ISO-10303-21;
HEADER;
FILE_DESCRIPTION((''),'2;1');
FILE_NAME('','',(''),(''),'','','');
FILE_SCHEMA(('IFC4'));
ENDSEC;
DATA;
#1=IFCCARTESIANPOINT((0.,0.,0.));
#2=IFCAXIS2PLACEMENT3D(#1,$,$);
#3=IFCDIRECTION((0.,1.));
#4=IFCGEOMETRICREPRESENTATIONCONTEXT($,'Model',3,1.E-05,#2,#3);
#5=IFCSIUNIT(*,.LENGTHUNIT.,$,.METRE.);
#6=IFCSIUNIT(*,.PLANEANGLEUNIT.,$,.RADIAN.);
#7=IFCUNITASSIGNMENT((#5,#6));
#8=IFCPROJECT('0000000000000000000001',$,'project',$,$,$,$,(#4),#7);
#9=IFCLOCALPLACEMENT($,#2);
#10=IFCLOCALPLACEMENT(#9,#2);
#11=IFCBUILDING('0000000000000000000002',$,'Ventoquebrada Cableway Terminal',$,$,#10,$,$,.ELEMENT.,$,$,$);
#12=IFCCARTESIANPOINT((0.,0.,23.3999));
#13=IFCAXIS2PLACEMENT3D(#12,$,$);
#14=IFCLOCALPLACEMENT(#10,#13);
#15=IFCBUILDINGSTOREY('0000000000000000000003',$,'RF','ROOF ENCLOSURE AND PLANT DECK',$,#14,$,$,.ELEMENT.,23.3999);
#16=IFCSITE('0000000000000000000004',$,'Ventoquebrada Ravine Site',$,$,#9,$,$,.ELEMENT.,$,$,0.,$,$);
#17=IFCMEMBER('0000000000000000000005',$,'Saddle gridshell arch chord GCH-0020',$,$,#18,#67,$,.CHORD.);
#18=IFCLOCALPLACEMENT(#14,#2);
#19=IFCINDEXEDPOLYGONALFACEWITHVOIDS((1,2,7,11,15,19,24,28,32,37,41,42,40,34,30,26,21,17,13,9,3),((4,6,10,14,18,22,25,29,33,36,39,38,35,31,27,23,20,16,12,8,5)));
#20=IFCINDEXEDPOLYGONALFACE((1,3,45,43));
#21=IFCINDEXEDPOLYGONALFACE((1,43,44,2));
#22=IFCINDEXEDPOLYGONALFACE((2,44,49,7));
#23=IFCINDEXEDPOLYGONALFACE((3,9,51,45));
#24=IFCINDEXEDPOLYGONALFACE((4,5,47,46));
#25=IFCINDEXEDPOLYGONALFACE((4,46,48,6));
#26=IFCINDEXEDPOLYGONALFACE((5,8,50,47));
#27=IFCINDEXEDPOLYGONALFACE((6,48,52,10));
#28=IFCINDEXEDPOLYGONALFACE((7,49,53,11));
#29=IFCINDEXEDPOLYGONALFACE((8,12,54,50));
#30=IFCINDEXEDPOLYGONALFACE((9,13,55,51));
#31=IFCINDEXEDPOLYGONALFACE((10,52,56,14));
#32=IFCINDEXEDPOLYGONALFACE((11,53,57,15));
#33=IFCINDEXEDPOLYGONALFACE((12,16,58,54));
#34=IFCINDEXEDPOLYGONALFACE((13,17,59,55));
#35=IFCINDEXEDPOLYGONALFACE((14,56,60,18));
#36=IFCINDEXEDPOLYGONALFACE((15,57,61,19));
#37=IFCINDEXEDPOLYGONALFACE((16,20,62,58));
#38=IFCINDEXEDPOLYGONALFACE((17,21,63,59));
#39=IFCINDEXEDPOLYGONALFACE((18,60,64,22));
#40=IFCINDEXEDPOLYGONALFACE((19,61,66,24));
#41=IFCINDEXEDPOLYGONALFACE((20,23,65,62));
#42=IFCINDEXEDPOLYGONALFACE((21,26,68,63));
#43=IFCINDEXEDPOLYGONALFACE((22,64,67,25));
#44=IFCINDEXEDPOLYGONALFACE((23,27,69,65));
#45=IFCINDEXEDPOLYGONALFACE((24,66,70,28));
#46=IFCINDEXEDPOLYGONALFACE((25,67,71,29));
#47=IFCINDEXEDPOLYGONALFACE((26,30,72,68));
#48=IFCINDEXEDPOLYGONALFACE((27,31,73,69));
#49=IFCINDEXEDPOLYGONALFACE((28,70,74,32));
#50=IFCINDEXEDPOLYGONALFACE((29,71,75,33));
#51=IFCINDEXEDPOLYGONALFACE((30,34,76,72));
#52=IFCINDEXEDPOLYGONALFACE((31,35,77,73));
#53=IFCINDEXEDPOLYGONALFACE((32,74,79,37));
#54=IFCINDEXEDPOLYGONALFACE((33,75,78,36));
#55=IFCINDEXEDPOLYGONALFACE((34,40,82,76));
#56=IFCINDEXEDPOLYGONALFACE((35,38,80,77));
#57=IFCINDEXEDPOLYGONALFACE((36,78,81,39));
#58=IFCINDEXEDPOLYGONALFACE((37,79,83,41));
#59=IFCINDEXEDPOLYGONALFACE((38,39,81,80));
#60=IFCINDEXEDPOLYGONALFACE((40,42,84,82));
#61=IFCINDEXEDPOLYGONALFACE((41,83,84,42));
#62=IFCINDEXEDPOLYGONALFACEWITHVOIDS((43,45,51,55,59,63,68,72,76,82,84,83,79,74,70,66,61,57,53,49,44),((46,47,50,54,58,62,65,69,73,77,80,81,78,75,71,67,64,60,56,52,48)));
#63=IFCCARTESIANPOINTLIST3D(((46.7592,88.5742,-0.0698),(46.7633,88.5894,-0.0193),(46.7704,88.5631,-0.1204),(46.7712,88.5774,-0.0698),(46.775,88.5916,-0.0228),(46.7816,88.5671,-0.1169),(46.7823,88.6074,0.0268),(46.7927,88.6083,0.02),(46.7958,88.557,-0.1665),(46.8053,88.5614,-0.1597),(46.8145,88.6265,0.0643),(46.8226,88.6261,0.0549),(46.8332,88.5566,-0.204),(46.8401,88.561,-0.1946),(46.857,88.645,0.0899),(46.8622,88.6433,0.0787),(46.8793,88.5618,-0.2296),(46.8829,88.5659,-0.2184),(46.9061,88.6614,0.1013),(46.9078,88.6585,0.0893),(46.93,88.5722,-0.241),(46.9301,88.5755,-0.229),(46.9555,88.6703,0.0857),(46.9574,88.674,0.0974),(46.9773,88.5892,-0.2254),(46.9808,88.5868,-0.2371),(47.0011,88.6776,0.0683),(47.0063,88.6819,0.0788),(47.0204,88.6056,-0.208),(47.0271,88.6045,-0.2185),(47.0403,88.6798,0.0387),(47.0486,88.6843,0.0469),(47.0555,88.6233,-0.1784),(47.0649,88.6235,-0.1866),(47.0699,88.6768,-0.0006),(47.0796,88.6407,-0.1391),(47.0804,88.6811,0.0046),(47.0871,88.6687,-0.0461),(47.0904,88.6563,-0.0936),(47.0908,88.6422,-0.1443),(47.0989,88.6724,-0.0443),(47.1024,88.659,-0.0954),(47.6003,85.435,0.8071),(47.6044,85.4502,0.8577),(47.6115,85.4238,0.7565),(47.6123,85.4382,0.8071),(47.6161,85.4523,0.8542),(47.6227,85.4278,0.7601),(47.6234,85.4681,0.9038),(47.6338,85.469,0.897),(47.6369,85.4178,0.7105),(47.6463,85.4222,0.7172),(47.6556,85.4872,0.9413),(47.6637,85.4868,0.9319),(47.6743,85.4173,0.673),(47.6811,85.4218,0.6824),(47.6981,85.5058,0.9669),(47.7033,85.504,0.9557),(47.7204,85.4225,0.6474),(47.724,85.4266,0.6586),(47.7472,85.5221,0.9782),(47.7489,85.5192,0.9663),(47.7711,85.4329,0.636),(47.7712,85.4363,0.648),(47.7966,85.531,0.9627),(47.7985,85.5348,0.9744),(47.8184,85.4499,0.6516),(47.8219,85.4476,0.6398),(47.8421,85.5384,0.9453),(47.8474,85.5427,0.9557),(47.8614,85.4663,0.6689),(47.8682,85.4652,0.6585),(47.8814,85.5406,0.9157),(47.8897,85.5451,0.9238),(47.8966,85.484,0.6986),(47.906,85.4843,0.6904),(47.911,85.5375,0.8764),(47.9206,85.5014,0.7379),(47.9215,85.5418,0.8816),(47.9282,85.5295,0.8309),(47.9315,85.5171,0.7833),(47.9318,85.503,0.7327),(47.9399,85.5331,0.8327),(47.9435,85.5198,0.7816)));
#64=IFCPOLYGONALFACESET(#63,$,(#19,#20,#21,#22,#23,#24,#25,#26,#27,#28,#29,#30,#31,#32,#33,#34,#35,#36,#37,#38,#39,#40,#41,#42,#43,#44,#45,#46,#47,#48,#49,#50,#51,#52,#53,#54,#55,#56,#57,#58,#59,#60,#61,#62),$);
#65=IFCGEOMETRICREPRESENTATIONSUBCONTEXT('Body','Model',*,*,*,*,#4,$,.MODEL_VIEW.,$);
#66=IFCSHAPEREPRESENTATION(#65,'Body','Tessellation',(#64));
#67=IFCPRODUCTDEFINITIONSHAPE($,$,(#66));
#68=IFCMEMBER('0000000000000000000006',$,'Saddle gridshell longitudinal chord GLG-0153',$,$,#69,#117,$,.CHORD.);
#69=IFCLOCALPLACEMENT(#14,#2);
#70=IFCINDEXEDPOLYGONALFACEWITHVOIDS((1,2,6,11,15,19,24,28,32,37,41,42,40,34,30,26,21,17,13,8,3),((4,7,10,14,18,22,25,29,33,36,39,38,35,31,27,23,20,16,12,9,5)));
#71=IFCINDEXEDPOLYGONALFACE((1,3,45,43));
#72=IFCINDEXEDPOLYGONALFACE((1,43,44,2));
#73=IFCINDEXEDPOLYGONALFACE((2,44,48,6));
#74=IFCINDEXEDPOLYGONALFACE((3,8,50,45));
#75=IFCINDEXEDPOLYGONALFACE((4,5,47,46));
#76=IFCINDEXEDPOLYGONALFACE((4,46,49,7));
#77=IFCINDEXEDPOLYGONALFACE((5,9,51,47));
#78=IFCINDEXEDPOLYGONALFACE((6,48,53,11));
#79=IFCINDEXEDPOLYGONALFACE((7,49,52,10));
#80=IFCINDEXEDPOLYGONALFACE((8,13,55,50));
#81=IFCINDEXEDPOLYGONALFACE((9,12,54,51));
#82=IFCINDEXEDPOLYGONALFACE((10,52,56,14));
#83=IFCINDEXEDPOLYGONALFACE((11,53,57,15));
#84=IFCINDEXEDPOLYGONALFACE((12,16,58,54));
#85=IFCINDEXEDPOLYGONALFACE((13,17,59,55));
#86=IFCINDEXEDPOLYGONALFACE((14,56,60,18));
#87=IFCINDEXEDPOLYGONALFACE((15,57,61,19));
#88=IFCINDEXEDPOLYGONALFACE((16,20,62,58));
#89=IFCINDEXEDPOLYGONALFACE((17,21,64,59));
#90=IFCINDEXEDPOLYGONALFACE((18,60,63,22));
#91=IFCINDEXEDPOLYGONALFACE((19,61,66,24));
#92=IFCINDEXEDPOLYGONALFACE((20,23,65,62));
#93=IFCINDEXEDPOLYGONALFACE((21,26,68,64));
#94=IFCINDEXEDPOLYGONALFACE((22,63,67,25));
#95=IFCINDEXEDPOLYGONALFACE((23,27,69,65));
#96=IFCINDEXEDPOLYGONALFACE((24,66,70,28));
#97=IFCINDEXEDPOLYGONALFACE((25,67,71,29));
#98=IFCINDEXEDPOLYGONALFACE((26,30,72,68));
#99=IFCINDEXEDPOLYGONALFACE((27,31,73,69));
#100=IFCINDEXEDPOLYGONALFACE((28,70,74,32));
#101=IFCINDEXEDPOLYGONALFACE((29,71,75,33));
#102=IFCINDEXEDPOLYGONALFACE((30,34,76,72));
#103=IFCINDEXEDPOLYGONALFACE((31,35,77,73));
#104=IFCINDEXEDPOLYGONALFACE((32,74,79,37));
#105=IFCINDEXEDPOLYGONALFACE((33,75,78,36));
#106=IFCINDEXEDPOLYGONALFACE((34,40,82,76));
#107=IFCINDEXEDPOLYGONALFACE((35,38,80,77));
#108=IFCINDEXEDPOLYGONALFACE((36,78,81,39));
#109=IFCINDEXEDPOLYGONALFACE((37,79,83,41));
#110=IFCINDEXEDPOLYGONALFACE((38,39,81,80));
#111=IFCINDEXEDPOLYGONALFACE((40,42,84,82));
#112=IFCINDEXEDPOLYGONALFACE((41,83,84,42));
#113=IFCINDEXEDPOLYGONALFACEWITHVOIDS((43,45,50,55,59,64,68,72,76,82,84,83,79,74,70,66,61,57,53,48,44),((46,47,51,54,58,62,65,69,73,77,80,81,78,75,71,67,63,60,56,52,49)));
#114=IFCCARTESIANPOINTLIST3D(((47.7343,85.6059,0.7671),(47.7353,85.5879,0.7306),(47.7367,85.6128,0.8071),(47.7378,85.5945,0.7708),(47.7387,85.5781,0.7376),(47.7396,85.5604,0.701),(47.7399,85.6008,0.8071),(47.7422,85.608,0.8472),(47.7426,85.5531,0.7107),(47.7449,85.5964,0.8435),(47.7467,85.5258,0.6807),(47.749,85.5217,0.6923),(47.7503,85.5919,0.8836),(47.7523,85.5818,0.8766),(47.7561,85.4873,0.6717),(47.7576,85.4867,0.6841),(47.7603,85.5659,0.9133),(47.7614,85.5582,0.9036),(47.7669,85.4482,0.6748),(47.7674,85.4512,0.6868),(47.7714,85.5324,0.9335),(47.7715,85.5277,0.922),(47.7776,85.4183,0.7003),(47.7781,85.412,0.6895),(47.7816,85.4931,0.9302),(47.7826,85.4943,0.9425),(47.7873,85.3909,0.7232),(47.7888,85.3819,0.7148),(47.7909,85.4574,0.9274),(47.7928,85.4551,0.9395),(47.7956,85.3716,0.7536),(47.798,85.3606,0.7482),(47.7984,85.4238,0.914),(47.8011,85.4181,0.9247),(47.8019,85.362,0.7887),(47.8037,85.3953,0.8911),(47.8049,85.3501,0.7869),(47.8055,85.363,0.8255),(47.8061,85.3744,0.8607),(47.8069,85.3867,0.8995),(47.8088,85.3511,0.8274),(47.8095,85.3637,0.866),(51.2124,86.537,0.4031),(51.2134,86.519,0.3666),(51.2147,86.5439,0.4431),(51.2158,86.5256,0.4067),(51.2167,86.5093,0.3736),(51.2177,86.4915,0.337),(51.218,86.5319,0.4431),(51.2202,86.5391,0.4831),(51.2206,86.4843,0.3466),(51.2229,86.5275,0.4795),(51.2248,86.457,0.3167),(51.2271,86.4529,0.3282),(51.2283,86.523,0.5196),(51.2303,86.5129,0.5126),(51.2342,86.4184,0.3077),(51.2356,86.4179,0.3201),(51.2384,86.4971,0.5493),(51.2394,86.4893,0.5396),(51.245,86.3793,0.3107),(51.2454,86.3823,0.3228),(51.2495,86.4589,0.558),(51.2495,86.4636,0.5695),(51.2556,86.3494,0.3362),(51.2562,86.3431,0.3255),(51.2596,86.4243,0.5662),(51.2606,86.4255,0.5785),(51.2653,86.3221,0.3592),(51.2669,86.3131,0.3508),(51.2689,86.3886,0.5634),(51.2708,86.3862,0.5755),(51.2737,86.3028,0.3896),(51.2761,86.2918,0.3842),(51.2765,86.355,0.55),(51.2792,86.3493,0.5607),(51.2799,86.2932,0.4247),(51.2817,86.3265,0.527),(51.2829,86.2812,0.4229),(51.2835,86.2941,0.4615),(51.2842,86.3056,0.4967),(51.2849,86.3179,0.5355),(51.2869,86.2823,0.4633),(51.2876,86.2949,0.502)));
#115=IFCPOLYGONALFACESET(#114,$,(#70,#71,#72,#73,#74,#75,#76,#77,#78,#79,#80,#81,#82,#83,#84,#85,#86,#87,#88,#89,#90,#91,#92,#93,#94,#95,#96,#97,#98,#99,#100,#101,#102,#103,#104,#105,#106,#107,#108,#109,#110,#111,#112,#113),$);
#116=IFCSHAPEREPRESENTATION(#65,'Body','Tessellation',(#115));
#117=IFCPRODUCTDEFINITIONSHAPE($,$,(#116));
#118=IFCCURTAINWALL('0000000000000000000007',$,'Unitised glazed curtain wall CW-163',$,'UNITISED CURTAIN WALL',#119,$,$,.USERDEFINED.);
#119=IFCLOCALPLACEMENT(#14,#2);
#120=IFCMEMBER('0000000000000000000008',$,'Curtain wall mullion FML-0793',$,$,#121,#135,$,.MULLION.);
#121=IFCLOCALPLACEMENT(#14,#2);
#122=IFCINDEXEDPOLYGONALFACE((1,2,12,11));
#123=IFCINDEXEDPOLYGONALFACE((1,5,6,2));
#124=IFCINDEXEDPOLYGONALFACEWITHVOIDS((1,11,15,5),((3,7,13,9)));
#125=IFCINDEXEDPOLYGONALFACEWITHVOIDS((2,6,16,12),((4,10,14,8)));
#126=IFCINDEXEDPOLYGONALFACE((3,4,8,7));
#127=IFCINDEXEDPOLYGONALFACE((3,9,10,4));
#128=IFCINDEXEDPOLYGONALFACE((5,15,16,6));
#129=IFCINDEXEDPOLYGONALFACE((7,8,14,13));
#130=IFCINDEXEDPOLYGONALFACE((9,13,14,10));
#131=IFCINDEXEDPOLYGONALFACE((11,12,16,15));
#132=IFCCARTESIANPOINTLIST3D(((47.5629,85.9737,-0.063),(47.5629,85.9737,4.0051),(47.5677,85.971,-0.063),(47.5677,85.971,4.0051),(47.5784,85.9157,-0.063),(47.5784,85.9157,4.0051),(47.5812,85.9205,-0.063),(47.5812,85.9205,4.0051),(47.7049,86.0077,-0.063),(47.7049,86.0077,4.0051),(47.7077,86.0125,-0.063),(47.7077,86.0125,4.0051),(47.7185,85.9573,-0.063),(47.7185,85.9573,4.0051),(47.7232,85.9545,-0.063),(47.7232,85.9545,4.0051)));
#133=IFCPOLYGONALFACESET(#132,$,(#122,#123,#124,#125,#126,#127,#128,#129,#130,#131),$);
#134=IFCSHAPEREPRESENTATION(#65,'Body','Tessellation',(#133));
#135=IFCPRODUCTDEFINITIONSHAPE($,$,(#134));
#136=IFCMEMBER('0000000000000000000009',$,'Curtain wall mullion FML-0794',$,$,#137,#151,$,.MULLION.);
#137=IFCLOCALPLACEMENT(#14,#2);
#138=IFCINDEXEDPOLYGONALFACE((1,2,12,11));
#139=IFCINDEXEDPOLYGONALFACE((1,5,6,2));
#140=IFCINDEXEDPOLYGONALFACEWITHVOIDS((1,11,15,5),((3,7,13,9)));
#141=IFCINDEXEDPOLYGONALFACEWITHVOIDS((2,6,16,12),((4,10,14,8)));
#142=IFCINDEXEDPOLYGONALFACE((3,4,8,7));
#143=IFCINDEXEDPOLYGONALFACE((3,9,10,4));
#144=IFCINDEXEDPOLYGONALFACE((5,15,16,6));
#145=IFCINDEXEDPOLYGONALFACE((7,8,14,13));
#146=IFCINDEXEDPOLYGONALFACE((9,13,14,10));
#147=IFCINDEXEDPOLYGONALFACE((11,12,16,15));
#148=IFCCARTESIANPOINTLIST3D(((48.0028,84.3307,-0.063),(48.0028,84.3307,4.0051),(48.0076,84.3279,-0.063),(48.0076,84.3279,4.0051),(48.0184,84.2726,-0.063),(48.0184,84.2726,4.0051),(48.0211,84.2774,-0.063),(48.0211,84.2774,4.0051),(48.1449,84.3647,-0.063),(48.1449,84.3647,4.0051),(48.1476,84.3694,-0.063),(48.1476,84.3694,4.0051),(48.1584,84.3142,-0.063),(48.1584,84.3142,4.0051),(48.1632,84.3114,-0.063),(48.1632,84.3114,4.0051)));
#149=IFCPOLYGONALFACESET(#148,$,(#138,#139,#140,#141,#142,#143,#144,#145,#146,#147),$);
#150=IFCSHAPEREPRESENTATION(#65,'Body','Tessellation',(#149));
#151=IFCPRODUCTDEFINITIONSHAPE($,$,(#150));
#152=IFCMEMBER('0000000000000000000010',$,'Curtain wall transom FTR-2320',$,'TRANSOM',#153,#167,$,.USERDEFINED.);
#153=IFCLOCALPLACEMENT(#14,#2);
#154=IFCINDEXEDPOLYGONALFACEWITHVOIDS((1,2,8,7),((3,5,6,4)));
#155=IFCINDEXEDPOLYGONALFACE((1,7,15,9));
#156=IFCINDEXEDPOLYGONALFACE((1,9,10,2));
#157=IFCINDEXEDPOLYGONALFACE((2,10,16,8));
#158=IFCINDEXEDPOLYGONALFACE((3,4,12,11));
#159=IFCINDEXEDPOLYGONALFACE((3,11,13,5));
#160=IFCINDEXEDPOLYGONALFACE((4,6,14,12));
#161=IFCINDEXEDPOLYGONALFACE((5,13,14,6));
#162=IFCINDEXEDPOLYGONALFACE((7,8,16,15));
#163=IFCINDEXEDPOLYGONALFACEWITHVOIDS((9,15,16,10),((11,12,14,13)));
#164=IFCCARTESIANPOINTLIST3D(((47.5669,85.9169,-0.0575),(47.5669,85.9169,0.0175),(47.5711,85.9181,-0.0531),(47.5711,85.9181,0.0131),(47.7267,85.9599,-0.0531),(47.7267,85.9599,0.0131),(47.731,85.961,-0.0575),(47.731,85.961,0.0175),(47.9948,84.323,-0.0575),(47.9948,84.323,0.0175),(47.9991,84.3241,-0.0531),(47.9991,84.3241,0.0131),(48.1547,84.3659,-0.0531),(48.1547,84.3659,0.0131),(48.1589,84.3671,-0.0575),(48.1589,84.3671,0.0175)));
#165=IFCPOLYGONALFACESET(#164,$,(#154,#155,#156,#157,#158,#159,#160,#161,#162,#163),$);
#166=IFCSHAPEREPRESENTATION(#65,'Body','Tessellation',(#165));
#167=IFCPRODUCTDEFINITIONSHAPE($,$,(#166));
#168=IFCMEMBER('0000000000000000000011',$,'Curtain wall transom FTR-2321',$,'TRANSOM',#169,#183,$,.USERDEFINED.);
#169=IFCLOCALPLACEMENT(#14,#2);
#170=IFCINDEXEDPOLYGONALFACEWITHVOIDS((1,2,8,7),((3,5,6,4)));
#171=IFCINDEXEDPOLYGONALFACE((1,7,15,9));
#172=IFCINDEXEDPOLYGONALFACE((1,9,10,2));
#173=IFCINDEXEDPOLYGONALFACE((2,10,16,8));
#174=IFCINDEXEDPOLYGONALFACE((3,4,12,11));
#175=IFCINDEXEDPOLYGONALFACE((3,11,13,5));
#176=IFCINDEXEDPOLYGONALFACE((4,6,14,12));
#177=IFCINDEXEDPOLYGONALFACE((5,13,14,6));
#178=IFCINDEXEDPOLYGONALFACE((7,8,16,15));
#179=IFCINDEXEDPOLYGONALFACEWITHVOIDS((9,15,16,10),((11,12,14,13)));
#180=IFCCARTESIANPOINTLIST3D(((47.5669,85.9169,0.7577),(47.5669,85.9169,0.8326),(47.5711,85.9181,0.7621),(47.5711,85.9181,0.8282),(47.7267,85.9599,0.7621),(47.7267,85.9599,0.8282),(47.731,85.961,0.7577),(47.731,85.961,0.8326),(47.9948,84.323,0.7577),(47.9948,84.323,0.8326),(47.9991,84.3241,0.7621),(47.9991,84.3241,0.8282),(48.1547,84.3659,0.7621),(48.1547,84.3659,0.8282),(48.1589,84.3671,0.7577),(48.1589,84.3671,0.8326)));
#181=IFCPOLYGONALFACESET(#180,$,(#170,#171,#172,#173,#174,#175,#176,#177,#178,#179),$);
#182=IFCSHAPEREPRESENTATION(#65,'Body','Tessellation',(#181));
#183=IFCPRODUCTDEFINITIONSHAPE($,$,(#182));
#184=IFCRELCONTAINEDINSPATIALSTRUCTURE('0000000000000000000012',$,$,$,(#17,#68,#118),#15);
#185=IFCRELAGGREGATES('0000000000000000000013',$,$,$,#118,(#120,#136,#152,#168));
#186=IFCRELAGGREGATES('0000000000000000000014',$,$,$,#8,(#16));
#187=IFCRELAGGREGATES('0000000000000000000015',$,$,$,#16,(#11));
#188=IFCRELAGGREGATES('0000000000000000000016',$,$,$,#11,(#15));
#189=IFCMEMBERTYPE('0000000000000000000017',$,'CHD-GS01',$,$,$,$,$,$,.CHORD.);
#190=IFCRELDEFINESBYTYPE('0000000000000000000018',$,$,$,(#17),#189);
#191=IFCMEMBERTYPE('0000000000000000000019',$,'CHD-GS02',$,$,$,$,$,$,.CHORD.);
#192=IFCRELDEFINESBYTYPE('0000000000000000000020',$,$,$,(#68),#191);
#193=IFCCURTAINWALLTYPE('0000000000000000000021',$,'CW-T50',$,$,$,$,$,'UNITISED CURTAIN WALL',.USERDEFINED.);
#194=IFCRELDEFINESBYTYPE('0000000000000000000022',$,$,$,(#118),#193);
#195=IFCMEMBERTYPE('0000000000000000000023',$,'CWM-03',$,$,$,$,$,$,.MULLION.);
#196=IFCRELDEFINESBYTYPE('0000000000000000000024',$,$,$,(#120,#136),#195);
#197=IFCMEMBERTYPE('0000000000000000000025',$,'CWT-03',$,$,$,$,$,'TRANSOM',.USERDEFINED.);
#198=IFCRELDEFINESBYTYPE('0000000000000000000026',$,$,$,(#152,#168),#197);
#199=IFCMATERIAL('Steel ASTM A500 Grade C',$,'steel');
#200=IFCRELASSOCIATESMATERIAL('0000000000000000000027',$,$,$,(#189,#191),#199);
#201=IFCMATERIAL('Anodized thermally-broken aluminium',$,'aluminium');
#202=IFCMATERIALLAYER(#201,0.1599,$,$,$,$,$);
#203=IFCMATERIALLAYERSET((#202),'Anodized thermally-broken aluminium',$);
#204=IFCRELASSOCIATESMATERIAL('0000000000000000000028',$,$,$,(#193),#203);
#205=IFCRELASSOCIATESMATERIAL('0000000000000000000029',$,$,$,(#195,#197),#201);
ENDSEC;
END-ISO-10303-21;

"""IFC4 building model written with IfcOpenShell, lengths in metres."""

from ifc_helpers import new_model, si_unit, direction, frame, origin, origin_2d, place, context, subcontext, project, spatial, hollow_rectangle, hollow_circle, extrude, material, layer, layer_set, material_profile, profile_set, type_object, element, aggregate, save


model = new_model("IFC4")

# Units and contexts
model_context = context("Model", 3, precision=1e-05, world=origin(), true_north=direction((0.0, 1.0)))
body_context = subcontext(model_context, "Body", "Model", "MODEL_VIEW")
ifc_project = project(units=[si_unit("LENGTHUNIT", "METRE"), si_unit("PLANEANGLEUNIT", "RADIAN")], contexts=[model_context])

# Site, building, storey
site_placement = place(None, origin())
site = spatial("IfcSite", under=ifc_project, at=site_placement, Name="Ventoquebrada Ravine Site", CompositionType="ELEMENT", RefElevation=0.0)
building_placement = place(site_placement, origin())
building = spatial("IfcBuilding", under=site, at=building_placement, Name="Ventoquebrada Cableway Terminal", CompositionType="ELEMENT")
storey_placement = place(building_placement, frame((0.0, 0.0, 23.3999)))
storey = spatial("IfcBuildingStorey", under=building, at=storey_placement, Name="RF", Description="ROOF ENCLOSURE AND PLANT DECK", CompositionType="ELEMENT", Elevation=23.3999)

# Members
ifc_material_1 = material(Name="Steel ASTM A500 Grade C", Category="steel")
ifc_material_profile_1 = material_profile(ifc_material_1, hollow_circle(Radius=0.1777, WallThickness=0.0125, at=origin_2d()), Name="CHS355.6X12.5")
ifc_profile_set_1 = profile_set([ifc_material_profile_1], Name="Steel ASTM A500 Grade C")
member_type_1 = type_object("IfcMemberType", Name="CHD-GS01", PredefinedType="CHORD", material=ifc_profile_set_1)
member_1_placement = place(storey_placement, frame((47.772, 85.481, 0.8071), z_axis=(-0.249862, 0.932575, -0.260523), x_axis=(-0.965931, -0.258799, 0.0)))
element("IfcMember", 1, at=member_1_placement, inside=storey, type_object=member_type_1, Name="Saddle gridshell arch chord GCH-0020", PredefinedType="CHORD", context=body_context, shape_type="SweptSolid", body=[
    extrude(hollow_circle(Radius=0.1777, WallThickness=0.0125, at=origin_2d()), origin(), (0.0, 0.0, 1.0), 3.3662),
])
ifc_material_profile_2 = material_profile(ifc_material_1, hollow_circle(Radius=0.1365, WallThickness=0.0125, at=origin_2d()), Name="CHS273.0X12.5")
ifc_profile_set_2 = profile_set([ifc_material_profile_2], Name="Steel ASTM A500 Grade C")
member_type_2 = type_object("IfcMemberType", Name="CHD-GS02", PredefinedType="CHORD", material=ifc_profile_set_2)
member_2_placement = place(storey_placement, frame((47.772, 85.481, 0.8071), z_axis=(0.961081, 0.257305, -0.100588), x_axis=(-0.258616, 0.96598, 0.0)))
element("IfcMember", 2, at=member_2_placement, inside=storey, type_object=member_type_2, Name="Saddle gridshell longitudinal chord GLG-0153", PredefinedType="CHORD", context=body_context, shape_type="SweptSolid", body=[
    extrude(hollow_circle(Radius=0.1365, WallThickness=0.0125, at=origin_2d()), origin(), (0.0, 0.0, 1.0), 3.6189),
])

# Curtain wall, members
ifc_material_2 = material(Name="Anodized thermally-broken aluminium", Category="aluminium")
ifc_layer_1 = layer(ifc_material_2, 0.1599)
ifc_layer_set_1 = layer_set([ifc_layer_1], Name="Anodized thermally-broken aluminium")
curtain_wall_type = type_object("IfcCurtainWallType", Name="CW-T50", ElementType="UNITISED CURTAIN WALL", PredefinedType="USERDEFINED", material=ifc_layer_set_1)
curtain_wall_placement = place(storey_placement, origin())
curtain_wall = element("IfcCurtainWall", 3, at=curtain_wall_placement, inside=storey, type_object=curtain_wall_type, Name="Unitised glazed curtain wall CW-163", ObjectType="UNITISED CURTAIN WALL", PredefinedType="USERDEFINED")
ifc_material_profile_3 = material_profile(ifc_material_2, hollow_rectangle(XDim=0.0601, YDim=0.1499, WallThickness=0.0039, at=origin_2d()), Name="CW-MUL-60X150")
ifc_profile_set_3 = profile_set([ifc_material_profile_3], Name="Anodized thermally-broken aluminium")
member_type_3 = type_object("IfcMemberType", Name="CWM-03", PredefinedType="MULLION", material=ifc_profile_set_3)
member_3_placement = place(storey_placement, frame((47.6431, 85.9641, -0.063), z_axis=(0.0, 0.0, 1.0), x_axis=(0.258802, -0.96593, 0.0)))
member_3 = element("IfcMember", 4, at=member_3_placement, type_object=member_type_3, Name="Curtain wall mullion FML-0793", PredefinedType="MULLION", context=body_context, shape_type="SweptSolid", body=[
    extrude(hollow_rectangle(XDim=0.0601, YDim=0.1499, WallThickness=0.0039, at=origin_2d()), origin(), (0.0, 0.0, 1.0), 4.0681),
])
member_4_placement = place(storey_placement, frame((48.083, 84.321, -0.063), z_axis=(0.0, 0.0, 1.0), x_axis=(0.258802, -0.96593, 0.0)))
member_4 = element("IfcMember", 5, at=member_4_placement, type_object=member_type_3, Name="Curtain wall mullion FML-0794", PredefinedType="MULLION", context=body_context, shape_type="SweptSolid", body=[
    extrude(hollow_rectangle(XDim=0.0601, YDim=0.1499, WallThickness=0.0039, at=origin_2d()), origin(), (0.0, 0.0, 1.0), 4.0681),
])
ifc_material_profile_4 = material_profile(ifc_material_2, hollow_rectangle(XDim=0.075, YDim=0.1699, WallThickness=0.0044, at=origin_2d()), Name="CW-TRN-75X170")
ifc_profile_set_4 = profile_set([ifc_material_profile_4], Name="Anodized thermally-broken aluminium")
member_type_4 = type_object("IfcMemberType", Name="CWT-03", ElementType="TRANSOM", PredefinedType="USERDEFINED", material=ifc_profile_set_4)
member_5_placement = place(storey_placement, frame((47.6489, 85.939, -0.02), z_axis=(0.25931, -0.965794, 0.0), x_axis=(0.0, 0.0, 1.0)))
member_5 = element("IfcMember", 6, at=member_5_placement, type_object=member_type_4, Name="Curtain wall transom FTR-2320", ObjectType="TRANSOM", PredefinedType="USERDEFINED", context=body_context, shape_type="SweptSolid", body=[
    extrude(hollow_rectangle(XDim=0.075, YDim=0.1699, WallThickness=0.0044, at=origin_2d()), origin(), (0.0, 0.0, 1.0), 1.6504),
])
member_6_placement = place(storey_placement, frame((47.6489, 85.939, 0.7952), z_axis=(0.25931, -0.965794, 0.0), x_axis=(0.0, 0.0, 1.0)))
member_6 = element("IfcMember", 7, at=member_6_placement, type_object=member_type_4, Name="Curtain wall transom FTR-2321", ObjectType="TRANSOM", PredefinedType="USERDEFINED", context=body_context, shape_type="SweptSolid", body=[
    extrude(hollow_rectangle(XDim=0.075, YDim=0.1699, WallThickness=0.0044, at=origin_2d()), origin(), (0.0, 0.0, 1.0), 1.6504),
])

aggregate(curtain_wall, [member_3, member_4, member_5, member_6])

save(model, "model.ifc")
